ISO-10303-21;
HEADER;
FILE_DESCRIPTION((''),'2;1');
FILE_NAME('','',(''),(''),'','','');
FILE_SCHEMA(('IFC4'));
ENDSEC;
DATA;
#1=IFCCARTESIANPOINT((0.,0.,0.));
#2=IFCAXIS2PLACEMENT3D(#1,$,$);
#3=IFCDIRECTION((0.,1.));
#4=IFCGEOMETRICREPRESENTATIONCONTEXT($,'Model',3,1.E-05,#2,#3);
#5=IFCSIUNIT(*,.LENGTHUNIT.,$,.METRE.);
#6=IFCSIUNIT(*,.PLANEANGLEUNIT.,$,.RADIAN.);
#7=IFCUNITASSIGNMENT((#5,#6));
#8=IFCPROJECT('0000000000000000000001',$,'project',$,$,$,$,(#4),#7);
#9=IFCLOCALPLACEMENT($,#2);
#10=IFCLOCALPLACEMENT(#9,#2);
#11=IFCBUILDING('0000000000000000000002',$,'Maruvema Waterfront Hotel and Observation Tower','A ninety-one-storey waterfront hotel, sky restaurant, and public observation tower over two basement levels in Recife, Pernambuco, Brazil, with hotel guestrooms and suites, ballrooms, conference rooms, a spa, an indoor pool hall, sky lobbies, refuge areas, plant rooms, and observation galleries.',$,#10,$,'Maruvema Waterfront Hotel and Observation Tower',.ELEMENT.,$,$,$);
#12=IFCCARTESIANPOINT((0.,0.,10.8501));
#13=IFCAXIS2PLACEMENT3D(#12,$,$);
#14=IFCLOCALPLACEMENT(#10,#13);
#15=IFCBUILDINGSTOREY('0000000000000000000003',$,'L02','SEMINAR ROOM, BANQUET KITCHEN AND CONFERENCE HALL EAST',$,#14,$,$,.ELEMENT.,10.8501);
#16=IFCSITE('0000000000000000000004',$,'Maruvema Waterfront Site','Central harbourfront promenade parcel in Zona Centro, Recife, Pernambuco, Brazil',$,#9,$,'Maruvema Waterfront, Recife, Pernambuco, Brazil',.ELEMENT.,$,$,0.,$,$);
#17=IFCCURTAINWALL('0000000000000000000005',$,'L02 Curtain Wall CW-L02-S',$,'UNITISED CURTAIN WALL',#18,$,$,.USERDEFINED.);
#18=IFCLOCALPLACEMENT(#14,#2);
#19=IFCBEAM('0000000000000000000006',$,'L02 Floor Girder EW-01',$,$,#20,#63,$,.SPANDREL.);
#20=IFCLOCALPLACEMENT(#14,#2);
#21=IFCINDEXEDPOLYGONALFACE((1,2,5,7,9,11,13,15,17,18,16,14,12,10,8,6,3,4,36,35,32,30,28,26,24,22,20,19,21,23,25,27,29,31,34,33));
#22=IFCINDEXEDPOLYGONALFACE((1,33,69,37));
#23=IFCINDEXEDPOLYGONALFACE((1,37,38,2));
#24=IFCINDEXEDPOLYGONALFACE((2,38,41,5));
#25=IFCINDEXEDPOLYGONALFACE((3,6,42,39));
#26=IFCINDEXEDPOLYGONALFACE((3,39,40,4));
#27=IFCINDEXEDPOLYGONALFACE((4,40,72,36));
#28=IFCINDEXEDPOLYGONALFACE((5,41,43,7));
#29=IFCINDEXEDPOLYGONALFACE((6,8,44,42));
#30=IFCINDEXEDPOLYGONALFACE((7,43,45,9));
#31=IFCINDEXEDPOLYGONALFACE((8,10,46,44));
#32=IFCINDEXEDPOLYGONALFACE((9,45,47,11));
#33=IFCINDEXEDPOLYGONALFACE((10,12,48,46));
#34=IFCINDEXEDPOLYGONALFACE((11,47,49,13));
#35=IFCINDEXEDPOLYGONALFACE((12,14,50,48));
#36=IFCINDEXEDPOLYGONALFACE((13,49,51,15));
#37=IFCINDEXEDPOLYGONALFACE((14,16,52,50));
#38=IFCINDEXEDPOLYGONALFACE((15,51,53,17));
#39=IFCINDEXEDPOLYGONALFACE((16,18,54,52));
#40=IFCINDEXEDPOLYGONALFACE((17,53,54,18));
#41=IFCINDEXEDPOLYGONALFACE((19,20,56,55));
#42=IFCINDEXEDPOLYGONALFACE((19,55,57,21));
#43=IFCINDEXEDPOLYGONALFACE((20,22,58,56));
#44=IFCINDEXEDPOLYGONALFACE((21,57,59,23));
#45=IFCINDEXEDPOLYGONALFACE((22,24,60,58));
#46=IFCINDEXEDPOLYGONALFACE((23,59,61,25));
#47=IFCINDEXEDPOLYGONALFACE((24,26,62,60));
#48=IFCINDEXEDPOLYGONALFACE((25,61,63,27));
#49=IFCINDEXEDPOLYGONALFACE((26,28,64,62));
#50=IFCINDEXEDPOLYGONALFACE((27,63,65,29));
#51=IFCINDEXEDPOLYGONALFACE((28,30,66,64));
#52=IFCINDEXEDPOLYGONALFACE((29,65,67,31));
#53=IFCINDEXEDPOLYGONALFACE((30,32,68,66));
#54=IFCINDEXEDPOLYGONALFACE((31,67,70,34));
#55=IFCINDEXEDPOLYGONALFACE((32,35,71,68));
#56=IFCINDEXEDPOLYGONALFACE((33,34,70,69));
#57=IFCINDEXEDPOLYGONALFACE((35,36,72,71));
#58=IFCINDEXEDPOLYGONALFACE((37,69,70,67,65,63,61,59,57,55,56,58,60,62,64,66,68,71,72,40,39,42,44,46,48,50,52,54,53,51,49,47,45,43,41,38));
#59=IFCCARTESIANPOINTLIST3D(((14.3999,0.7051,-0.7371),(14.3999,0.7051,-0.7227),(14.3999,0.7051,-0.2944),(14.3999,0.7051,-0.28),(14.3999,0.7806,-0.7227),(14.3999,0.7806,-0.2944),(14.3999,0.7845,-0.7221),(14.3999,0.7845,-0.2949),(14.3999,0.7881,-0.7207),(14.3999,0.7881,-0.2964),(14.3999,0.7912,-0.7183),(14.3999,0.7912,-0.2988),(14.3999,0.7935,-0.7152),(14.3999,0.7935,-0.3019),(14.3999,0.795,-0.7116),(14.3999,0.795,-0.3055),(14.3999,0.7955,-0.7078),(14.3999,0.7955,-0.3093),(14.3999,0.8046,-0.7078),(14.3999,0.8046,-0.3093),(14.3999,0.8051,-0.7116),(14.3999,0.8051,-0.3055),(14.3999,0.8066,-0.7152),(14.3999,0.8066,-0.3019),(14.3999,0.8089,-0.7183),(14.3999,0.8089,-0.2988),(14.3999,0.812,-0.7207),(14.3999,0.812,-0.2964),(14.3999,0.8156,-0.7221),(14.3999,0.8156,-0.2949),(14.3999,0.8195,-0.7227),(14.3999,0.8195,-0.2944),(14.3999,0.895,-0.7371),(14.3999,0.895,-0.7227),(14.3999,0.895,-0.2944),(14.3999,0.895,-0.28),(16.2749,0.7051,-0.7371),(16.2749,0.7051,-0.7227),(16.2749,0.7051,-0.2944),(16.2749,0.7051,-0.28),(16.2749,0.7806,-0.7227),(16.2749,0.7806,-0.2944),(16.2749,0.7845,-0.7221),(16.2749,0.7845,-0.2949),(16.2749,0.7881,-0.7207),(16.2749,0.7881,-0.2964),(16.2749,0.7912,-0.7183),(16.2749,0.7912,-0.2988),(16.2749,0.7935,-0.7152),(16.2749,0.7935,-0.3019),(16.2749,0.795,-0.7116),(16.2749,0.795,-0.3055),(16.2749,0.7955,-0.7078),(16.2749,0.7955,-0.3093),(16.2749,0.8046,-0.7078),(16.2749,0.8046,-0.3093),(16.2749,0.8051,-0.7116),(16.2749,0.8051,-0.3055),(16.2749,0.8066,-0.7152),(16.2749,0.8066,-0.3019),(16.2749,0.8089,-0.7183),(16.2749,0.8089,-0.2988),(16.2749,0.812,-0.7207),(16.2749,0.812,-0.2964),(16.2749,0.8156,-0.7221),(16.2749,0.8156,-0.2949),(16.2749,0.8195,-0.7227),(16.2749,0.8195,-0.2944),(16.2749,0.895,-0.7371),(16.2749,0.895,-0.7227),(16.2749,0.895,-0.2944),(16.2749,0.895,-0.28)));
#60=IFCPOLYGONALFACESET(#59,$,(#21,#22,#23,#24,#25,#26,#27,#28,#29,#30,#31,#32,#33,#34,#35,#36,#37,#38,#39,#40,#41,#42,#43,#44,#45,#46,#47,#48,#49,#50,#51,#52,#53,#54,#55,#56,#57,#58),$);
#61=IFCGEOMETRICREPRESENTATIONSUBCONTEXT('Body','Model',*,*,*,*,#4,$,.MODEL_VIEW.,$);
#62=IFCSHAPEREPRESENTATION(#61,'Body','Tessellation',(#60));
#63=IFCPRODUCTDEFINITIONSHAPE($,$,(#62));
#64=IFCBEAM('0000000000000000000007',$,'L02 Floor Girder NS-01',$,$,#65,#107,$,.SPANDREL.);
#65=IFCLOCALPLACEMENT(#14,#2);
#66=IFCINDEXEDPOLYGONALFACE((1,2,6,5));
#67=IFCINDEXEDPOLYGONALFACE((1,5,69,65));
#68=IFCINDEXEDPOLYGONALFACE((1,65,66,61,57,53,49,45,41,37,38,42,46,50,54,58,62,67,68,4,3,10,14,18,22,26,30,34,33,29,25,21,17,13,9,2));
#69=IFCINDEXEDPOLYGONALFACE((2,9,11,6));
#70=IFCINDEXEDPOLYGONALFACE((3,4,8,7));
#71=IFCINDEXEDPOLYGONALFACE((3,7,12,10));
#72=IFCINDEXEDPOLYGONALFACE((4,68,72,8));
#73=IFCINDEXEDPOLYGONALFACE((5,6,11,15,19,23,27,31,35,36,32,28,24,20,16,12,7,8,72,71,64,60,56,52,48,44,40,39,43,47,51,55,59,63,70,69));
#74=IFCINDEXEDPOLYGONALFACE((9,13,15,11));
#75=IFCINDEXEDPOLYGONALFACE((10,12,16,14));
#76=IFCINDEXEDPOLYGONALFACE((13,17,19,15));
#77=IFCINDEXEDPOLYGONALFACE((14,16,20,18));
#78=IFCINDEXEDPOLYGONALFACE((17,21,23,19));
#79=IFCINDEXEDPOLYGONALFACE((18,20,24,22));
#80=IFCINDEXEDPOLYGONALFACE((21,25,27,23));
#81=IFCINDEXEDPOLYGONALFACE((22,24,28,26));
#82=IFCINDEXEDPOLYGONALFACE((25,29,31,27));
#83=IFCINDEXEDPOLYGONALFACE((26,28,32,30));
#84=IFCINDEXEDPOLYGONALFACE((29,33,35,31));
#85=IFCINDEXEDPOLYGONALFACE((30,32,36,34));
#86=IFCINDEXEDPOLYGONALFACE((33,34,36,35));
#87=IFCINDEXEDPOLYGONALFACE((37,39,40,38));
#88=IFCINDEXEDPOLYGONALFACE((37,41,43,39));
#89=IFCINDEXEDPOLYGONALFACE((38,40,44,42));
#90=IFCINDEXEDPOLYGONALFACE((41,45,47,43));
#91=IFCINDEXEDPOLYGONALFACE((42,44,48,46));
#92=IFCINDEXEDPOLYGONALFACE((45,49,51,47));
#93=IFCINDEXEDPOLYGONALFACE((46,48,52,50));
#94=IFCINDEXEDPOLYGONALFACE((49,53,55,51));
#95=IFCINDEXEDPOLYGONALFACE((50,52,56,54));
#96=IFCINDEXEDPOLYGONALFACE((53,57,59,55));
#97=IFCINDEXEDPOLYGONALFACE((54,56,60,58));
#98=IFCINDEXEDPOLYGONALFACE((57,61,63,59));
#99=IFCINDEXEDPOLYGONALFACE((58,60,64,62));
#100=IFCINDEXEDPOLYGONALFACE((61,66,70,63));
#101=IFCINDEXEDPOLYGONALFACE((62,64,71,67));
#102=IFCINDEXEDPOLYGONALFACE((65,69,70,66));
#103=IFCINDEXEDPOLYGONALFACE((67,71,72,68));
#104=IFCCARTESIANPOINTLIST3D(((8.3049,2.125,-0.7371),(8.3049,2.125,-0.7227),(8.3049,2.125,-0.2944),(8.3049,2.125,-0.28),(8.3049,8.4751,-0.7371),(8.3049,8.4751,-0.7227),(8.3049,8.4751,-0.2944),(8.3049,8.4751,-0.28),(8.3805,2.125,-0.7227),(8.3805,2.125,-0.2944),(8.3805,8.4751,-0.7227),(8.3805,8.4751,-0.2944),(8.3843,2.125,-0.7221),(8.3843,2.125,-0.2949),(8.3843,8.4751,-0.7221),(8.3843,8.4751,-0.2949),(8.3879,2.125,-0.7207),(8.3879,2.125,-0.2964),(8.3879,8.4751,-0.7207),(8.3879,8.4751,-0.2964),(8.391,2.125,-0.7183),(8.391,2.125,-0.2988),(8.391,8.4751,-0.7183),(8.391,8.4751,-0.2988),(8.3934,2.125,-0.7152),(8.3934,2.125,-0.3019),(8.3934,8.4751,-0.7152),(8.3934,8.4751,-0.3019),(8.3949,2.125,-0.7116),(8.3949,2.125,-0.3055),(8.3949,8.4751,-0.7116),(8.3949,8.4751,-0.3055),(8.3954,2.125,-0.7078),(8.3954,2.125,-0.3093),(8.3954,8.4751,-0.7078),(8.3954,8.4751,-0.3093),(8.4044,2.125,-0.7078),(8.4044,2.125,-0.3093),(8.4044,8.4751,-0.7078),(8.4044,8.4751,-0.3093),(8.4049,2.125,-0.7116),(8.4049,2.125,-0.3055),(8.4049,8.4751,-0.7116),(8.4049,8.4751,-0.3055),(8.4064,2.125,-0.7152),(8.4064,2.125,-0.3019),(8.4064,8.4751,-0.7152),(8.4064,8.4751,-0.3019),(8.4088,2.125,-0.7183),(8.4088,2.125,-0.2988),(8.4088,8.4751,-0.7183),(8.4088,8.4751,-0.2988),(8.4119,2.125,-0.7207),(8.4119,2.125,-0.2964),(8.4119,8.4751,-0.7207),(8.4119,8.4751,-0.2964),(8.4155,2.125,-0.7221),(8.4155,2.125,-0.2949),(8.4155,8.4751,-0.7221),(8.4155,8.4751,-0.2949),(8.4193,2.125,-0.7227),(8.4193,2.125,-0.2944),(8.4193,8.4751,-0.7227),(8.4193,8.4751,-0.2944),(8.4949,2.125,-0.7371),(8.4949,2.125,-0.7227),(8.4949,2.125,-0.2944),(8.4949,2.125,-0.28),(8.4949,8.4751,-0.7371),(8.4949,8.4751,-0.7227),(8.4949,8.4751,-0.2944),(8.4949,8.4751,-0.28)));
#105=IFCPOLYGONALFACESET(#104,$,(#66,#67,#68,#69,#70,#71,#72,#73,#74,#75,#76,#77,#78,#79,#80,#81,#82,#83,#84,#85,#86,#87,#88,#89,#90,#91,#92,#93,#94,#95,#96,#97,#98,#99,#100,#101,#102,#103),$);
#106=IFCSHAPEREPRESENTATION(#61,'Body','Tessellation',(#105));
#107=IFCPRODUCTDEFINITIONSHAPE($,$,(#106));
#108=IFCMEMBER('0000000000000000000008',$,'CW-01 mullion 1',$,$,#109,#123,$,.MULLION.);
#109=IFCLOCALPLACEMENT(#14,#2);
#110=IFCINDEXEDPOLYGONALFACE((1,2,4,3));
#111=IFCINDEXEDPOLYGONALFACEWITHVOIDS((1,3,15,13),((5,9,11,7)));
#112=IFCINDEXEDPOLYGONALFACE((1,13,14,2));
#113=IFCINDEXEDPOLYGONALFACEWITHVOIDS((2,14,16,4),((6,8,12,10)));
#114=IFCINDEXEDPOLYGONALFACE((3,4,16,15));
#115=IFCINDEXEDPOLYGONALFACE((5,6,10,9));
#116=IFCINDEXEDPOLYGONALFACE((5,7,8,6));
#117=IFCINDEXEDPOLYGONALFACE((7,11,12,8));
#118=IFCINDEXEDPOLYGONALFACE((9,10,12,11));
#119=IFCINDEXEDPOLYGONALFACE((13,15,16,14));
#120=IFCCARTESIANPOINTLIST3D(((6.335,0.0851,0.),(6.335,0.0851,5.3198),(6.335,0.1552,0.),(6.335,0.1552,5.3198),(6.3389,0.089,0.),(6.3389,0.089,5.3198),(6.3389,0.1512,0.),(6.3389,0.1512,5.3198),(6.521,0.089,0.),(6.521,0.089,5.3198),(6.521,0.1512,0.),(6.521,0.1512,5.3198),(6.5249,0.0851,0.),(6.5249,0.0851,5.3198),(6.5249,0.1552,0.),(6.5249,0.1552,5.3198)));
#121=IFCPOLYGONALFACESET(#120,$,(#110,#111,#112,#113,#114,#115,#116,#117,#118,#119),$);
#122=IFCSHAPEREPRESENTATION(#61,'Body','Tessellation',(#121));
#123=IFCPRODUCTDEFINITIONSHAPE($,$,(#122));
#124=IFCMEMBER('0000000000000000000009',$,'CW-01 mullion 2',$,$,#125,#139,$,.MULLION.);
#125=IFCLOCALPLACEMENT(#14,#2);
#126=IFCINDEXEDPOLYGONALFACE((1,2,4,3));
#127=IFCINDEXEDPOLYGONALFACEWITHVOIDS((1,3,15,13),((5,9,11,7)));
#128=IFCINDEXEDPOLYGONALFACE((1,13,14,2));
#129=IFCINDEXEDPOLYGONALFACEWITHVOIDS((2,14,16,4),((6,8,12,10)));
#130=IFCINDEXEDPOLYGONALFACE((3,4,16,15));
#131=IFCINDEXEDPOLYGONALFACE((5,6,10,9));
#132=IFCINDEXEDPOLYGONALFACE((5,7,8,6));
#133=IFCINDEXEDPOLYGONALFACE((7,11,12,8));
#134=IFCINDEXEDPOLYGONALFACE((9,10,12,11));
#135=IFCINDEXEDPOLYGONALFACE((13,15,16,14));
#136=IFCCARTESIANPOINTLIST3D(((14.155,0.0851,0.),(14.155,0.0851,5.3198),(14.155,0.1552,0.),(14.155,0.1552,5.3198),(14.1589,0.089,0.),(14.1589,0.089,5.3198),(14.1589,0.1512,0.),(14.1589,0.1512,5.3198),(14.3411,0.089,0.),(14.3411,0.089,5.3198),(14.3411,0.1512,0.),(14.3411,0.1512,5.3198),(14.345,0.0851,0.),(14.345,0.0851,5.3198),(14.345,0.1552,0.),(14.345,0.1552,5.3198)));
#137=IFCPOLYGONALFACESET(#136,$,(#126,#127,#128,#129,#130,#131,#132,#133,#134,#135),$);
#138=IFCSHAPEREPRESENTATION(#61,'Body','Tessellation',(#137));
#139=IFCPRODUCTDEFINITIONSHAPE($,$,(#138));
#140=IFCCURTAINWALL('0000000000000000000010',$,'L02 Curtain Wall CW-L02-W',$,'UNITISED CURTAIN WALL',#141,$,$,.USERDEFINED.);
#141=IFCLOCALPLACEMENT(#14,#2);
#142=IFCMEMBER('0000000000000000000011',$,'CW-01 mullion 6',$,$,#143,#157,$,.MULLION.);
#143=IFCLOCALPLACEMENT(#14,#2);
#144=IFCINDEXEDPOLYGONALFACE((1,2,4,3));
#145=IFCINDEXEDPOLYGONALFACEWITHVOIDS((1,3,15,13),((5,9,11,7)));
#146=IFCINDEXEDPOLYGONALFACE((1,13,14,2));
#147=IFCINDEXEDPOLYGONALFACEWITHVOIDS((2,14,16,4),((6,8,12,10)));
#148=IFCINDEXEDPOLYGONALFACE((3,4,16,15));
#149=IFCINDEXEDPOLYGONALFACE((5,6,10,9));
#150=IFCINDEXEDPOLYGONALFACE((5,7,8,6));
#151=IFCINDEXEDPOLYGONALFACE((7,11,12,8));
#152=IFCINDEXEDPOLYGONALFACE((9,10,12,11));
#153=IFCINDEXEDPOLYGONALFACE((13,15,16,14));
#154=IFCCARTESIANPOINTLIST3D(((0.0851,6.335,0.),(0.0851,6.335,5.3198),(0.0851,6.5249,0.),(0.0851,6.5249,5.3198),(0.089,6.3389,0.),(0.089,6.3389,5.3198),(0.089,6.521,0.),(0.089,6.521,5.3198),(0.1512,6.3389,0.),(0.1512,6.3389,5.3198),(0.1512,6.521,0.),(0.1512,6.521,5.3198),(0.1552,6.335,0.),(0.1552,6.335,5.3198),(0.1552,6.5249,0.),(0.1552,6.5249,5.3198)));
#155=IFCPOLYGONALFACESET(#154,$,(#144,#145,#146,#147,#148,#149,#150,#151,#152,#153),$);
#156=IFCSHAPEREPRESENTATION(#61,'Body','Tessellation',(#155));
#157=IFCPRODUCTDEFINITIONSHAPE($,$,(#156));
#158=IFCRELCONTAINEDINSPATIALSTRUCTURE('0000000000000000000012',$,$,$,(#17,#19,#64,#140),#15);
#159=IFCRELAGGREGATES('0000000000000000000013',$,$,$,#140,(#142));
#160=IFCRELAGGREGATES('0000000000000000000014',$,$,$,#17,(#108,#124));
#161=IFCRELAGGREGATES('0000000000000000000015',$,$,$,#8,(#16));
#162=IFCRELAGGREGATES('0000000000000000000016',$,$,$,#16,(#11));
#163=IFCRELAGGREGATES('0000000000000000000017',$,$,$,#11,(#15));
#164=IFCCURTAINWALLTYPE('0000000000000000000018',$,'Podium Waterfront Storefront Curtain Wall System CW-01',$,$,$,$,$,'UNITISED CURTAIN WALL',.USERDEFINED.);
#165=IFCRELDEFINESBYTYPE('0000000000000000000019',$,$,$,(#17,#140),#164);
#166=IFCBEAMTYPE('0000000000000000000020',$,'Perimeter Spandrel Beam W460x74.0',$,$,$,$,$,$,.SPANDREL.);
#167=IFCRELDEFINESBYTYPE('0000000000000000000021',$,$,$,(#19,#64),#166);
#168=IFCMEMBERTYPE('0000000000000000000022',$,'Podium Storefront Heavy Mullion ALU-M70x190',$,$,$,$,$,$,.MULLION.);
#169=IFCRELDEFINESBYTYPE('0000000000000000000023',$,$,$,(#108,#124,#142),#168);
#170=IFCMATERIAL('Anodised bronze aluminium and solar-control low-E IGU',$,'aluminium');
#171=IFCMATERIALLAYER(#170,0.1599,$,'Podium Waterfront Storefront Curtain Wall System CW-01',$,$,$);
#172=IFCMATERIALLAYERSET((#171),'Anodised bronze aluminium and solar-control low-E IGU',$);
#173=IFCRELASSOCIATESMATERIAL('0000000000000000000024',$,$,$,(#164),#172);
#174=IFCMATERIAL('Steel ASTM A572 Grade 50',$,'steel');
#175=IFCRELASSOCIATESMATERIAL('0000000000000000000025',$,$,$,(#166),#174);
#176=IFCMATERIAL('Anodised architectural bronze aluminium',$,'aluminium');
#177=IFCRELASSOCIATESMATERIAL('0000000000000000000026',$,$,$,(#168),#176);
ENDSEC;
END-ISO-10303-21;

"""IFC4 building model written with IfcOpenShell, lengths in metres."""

from ifc_helpers import new_model, si_unit, direction, frame, origin, origin_2d, place, context, subcontext, project, spatial, hollow_rectangle, i_section, extrude, material, layer, layer_set, material_profile, profile_set, type_object, element, aggregate, save


model = new_model("IFC4")

# Units and contexts
model_context = context("Model", 3, precision=1e-05, world=origin(), true_north=direction((0.0, 1.0)))
body_context = subcontext(model_context, "Body", "Model", "MODEL_VIEW")
ifc_project = project(units=[si_unit("LENGTHUNIT", "METRE"), si_unit("PLANEANGLEUNIT", "RADIAN")], contexts=[model_context])

# Site, building, storey
site_placement = place(None, origin())
site = spatial("IfcSite", under=ifc_project, at=site_placement, Name="Maruvema Waterfront Site", Description="Central harbourfront promenade parcel in Zona Centro, Recife, Pernambuco, Brazil", LongName="Maruvema Waterfront, Recife, Pernambuco, Brazil", CompositionType="ELEMENT", RefElevation=0.0)
building_placement = place(site_placement, origin())
building = spatial("IfcBuilding", under=site, at=building_placement, Name="Maruvema Waterfront Hotel and Observation Tower", Description="A ninety-one-storey waterfront hotel, sky restaurant, and public observation tower over two basement levels in Recife, Pernambuco, Brazil, with hotel guestrooms and suites, ballrooms, conference rooms, a spa, an indoor pool hall, sky lobbies, refuge areas, plant rooms, and observation galleries.", LongName="Maruvema Waterfront Hotel and Observation Tower", CompositionType="ELEMENT")
storey_placement = place(building_placement, frame((0.0, 0.0, 10.8501)))
storey = spatial("IfcBuildingStorey", under=building, at=storey_placement, Name="L02", Description="SEMINAR ROOM, BANQUET KITCHEN AND CONFERENCE HALL EAST", CompositionType="ELEMENT", Elevation=10.8501)

# Curtain wall
ifc_material_1 = material(Name="Anodised bronze aluminium and solar-control low-E IGU", Category="aluminium")
ifc_layer_1 = layer(ifc_material_1, 0.1599, Name="Podium Waterfront Storefront Curtain Wall System CW-01")
ifc_layer_set_1 = layer_set([ifc_layer_1], Name="Anodised bronze aluminium and solar-control low-E IGU")
curtain_wall_type = type_object("IfcCurtainWallType", Name="Podium Waterfront Storefront Curtain Wall System CW-01", ElementType="UNITISED CURTAIN WALL", PredefinedType="USERDEFINED", material=ifc_layer_set_1)
curtain_wall_1_placement = place(storey_placement, origin())
curtain_wall_1 = element("IfcCurtainWall", 1, at=curtain_wall_1_placement, inside=storey, type_object=curtain_wall_type, Name="L02 Curtain Wall CW-L02-S", ObjectType="UNITISED CURTAIN WALL", PredefinedType="USERDEFINED")

# Beams
ifc_material_2 = material(Name="Steel ASTM A572 Grade 50", Category="steel")
ifc_material_profile_1 = material_profile(ifc_material_2, i_section(OverallWidth=0.1899, OverallDepth=0.457, WebThickness=0.009, FlangeThickness=0.0144, FilletRadius=0.0149, at=origin_2d()), Name="W460x74.0")
ifc_profile_set_1 = profile_set([ifc_material_profile_1], Name="Steel ASTM A572 Grade 50")
beam_type_1 = type_object("IfcBeamType", Name="Perimeter Spandrel Beam W460x74.0", PredefinedType="SPANDREL", material=ifc_profile_set_1)
beam_1_placement = place(storey_placement, frame((14.3999, 0.8, -0.5085), z_axis=(1.0, 0.0, 0.0), x_axis=(0.0, 1.0, 0.0)))
element("IfcBeam", 2, at=beam_1_placement, inside=storey, type_object=beam_type_1, Name="L02 Floor Girder EW-01", PredefinedType="SPANDREL", context=body_context, shape_type="SweptSolid", body=[
    extrude(i_section(OverallWidth=0.1899, OverallDepth=0.457, WebThickness=0.009, FlangeThickness=0.0144, FilletRadius=0.0149, at=origin_2d()), origin(), (0.0, 0.0, 1.0), 1.875),
])
beam_2_placement = place(storey_placement, frame((8.3999, 2.125, -0.5085), z_axis=(0.0, 1.0, 0.0), x_axis=(-1.0, 0.0, 0.0)))
element("IfcBeam", 3, at=beam_2_placement, inside=storey, type_object=beam_type_1, Name="L02 Floor Girder NS-01", PredefinedType="SPANDREL", context=body_context, shape_type="SweptSolid", body=[
    extrude(i_section(OverallWidth=0.1899, OverallDepth=0.457, WebThickness=0.009, FlangeThickness=0.0144, FilletRadius=0.0149, at=origin_2d()), origin(), (0.0, 0.0, 1.0), 6.3501),
])

# Members
ifc_material_3 = material(Name="Anodised architectural bronze aluminium", Category="aluminium")
ifc_material_profile_2 = material_profile(ifc_material_3, hollow_rectangle(XDim=0.0701, YDim=0.1899, WallThickness=0.0039, at=origin_2d()), Name="ALU-M70x190")
ifc_profile_set_2 = profile_set([ifc_material_profile_2], Name="Anodised architectural bronze aluminium")
member_type_1 = type_object("IfcMemberType", Name="Podium Storefront Heavy Mullion ALU-M70x190", PredefinedType="MULLION", material=ifc_profile_set_2)
member_1_placement = place(storey_placement, frame((6.4299, 0.1201, 0.0), z_axis=(0.0, 0.0, 1.0), x_axis=(0.0, 1.0, 0.0)))
member_1 = element("IfcMember", 4, at=member_1_placement, type_object=member_type_1, Name="CW-01 mullion 1", PredefinedType="MULLION", context=body_context, shape_type="SweptSolid", body=[
    extrude(hollow_rectangle(XDim=0.0701, YDim=0.1899, WallThickness=0.0039, at=origin_2d()), origin(), (0.0, 0.0, 1.0), 5.3198),
])
member_2_placement = place(storey_placement, frame((14.25, 0.1201, 0.0), z_axis=(0.0, 0.0, 1.0), x_axis=(0.0, 1.0, 0.0)))
member_2 = element("IfcMember", 5, at=member_2_placement, type_object=member_type_1, Name="CW-01 mullion 2", PredefinedType="MULLION", context=body_context, shape_type="SweptSolid", body=[
    extrude(hollow_rectangle(XDim=0.0701, YDim=0.1899, WallThickness=0.0039, at=origin_2d()), origin(), (0.0, 0.0, 1.0), 5.3198),
])

# Curtain wall, member
curtain_wall_2_placement = place(storey_placement, origin())
curtain_wall_2 = element("IfcCurtainWall", 6, at=curtain_wall_2_placement, inside=storey, type_object=curtain_wall_type, Name="L02 Curtain Wall CW-L02-W", ObjectType="UNITISED CURTAIN WALL", PredefinedType="USERDEFINED")
member_3_placement = place(storey_placement, frame((0.1201, 6.4299, 0.0), z_axis=(0.0, 0.0, 1.0), x_axis=(1.0, 0.0, 0.0)))
member_3 = element("IfcMember", 7, at=member_3_placement, type_object=member_type_1, Name="CW-01 mullion 6", PredefinedType="MULLION", context=body_context, shape_type="SweptSolid", body=[
    extrude(hollow_rectangle(XDim=0.0701, YDim=0.1899, WallThickness=0.0039, at=origin_2d()), origin(), (0.0, 0.0, 1.0), 5.3198),
])
aggregate(curtain_wall_2, [member_3])

aggregate(curtain_wall_1, [member_1, member_2])

save(model, "model.ifc")
